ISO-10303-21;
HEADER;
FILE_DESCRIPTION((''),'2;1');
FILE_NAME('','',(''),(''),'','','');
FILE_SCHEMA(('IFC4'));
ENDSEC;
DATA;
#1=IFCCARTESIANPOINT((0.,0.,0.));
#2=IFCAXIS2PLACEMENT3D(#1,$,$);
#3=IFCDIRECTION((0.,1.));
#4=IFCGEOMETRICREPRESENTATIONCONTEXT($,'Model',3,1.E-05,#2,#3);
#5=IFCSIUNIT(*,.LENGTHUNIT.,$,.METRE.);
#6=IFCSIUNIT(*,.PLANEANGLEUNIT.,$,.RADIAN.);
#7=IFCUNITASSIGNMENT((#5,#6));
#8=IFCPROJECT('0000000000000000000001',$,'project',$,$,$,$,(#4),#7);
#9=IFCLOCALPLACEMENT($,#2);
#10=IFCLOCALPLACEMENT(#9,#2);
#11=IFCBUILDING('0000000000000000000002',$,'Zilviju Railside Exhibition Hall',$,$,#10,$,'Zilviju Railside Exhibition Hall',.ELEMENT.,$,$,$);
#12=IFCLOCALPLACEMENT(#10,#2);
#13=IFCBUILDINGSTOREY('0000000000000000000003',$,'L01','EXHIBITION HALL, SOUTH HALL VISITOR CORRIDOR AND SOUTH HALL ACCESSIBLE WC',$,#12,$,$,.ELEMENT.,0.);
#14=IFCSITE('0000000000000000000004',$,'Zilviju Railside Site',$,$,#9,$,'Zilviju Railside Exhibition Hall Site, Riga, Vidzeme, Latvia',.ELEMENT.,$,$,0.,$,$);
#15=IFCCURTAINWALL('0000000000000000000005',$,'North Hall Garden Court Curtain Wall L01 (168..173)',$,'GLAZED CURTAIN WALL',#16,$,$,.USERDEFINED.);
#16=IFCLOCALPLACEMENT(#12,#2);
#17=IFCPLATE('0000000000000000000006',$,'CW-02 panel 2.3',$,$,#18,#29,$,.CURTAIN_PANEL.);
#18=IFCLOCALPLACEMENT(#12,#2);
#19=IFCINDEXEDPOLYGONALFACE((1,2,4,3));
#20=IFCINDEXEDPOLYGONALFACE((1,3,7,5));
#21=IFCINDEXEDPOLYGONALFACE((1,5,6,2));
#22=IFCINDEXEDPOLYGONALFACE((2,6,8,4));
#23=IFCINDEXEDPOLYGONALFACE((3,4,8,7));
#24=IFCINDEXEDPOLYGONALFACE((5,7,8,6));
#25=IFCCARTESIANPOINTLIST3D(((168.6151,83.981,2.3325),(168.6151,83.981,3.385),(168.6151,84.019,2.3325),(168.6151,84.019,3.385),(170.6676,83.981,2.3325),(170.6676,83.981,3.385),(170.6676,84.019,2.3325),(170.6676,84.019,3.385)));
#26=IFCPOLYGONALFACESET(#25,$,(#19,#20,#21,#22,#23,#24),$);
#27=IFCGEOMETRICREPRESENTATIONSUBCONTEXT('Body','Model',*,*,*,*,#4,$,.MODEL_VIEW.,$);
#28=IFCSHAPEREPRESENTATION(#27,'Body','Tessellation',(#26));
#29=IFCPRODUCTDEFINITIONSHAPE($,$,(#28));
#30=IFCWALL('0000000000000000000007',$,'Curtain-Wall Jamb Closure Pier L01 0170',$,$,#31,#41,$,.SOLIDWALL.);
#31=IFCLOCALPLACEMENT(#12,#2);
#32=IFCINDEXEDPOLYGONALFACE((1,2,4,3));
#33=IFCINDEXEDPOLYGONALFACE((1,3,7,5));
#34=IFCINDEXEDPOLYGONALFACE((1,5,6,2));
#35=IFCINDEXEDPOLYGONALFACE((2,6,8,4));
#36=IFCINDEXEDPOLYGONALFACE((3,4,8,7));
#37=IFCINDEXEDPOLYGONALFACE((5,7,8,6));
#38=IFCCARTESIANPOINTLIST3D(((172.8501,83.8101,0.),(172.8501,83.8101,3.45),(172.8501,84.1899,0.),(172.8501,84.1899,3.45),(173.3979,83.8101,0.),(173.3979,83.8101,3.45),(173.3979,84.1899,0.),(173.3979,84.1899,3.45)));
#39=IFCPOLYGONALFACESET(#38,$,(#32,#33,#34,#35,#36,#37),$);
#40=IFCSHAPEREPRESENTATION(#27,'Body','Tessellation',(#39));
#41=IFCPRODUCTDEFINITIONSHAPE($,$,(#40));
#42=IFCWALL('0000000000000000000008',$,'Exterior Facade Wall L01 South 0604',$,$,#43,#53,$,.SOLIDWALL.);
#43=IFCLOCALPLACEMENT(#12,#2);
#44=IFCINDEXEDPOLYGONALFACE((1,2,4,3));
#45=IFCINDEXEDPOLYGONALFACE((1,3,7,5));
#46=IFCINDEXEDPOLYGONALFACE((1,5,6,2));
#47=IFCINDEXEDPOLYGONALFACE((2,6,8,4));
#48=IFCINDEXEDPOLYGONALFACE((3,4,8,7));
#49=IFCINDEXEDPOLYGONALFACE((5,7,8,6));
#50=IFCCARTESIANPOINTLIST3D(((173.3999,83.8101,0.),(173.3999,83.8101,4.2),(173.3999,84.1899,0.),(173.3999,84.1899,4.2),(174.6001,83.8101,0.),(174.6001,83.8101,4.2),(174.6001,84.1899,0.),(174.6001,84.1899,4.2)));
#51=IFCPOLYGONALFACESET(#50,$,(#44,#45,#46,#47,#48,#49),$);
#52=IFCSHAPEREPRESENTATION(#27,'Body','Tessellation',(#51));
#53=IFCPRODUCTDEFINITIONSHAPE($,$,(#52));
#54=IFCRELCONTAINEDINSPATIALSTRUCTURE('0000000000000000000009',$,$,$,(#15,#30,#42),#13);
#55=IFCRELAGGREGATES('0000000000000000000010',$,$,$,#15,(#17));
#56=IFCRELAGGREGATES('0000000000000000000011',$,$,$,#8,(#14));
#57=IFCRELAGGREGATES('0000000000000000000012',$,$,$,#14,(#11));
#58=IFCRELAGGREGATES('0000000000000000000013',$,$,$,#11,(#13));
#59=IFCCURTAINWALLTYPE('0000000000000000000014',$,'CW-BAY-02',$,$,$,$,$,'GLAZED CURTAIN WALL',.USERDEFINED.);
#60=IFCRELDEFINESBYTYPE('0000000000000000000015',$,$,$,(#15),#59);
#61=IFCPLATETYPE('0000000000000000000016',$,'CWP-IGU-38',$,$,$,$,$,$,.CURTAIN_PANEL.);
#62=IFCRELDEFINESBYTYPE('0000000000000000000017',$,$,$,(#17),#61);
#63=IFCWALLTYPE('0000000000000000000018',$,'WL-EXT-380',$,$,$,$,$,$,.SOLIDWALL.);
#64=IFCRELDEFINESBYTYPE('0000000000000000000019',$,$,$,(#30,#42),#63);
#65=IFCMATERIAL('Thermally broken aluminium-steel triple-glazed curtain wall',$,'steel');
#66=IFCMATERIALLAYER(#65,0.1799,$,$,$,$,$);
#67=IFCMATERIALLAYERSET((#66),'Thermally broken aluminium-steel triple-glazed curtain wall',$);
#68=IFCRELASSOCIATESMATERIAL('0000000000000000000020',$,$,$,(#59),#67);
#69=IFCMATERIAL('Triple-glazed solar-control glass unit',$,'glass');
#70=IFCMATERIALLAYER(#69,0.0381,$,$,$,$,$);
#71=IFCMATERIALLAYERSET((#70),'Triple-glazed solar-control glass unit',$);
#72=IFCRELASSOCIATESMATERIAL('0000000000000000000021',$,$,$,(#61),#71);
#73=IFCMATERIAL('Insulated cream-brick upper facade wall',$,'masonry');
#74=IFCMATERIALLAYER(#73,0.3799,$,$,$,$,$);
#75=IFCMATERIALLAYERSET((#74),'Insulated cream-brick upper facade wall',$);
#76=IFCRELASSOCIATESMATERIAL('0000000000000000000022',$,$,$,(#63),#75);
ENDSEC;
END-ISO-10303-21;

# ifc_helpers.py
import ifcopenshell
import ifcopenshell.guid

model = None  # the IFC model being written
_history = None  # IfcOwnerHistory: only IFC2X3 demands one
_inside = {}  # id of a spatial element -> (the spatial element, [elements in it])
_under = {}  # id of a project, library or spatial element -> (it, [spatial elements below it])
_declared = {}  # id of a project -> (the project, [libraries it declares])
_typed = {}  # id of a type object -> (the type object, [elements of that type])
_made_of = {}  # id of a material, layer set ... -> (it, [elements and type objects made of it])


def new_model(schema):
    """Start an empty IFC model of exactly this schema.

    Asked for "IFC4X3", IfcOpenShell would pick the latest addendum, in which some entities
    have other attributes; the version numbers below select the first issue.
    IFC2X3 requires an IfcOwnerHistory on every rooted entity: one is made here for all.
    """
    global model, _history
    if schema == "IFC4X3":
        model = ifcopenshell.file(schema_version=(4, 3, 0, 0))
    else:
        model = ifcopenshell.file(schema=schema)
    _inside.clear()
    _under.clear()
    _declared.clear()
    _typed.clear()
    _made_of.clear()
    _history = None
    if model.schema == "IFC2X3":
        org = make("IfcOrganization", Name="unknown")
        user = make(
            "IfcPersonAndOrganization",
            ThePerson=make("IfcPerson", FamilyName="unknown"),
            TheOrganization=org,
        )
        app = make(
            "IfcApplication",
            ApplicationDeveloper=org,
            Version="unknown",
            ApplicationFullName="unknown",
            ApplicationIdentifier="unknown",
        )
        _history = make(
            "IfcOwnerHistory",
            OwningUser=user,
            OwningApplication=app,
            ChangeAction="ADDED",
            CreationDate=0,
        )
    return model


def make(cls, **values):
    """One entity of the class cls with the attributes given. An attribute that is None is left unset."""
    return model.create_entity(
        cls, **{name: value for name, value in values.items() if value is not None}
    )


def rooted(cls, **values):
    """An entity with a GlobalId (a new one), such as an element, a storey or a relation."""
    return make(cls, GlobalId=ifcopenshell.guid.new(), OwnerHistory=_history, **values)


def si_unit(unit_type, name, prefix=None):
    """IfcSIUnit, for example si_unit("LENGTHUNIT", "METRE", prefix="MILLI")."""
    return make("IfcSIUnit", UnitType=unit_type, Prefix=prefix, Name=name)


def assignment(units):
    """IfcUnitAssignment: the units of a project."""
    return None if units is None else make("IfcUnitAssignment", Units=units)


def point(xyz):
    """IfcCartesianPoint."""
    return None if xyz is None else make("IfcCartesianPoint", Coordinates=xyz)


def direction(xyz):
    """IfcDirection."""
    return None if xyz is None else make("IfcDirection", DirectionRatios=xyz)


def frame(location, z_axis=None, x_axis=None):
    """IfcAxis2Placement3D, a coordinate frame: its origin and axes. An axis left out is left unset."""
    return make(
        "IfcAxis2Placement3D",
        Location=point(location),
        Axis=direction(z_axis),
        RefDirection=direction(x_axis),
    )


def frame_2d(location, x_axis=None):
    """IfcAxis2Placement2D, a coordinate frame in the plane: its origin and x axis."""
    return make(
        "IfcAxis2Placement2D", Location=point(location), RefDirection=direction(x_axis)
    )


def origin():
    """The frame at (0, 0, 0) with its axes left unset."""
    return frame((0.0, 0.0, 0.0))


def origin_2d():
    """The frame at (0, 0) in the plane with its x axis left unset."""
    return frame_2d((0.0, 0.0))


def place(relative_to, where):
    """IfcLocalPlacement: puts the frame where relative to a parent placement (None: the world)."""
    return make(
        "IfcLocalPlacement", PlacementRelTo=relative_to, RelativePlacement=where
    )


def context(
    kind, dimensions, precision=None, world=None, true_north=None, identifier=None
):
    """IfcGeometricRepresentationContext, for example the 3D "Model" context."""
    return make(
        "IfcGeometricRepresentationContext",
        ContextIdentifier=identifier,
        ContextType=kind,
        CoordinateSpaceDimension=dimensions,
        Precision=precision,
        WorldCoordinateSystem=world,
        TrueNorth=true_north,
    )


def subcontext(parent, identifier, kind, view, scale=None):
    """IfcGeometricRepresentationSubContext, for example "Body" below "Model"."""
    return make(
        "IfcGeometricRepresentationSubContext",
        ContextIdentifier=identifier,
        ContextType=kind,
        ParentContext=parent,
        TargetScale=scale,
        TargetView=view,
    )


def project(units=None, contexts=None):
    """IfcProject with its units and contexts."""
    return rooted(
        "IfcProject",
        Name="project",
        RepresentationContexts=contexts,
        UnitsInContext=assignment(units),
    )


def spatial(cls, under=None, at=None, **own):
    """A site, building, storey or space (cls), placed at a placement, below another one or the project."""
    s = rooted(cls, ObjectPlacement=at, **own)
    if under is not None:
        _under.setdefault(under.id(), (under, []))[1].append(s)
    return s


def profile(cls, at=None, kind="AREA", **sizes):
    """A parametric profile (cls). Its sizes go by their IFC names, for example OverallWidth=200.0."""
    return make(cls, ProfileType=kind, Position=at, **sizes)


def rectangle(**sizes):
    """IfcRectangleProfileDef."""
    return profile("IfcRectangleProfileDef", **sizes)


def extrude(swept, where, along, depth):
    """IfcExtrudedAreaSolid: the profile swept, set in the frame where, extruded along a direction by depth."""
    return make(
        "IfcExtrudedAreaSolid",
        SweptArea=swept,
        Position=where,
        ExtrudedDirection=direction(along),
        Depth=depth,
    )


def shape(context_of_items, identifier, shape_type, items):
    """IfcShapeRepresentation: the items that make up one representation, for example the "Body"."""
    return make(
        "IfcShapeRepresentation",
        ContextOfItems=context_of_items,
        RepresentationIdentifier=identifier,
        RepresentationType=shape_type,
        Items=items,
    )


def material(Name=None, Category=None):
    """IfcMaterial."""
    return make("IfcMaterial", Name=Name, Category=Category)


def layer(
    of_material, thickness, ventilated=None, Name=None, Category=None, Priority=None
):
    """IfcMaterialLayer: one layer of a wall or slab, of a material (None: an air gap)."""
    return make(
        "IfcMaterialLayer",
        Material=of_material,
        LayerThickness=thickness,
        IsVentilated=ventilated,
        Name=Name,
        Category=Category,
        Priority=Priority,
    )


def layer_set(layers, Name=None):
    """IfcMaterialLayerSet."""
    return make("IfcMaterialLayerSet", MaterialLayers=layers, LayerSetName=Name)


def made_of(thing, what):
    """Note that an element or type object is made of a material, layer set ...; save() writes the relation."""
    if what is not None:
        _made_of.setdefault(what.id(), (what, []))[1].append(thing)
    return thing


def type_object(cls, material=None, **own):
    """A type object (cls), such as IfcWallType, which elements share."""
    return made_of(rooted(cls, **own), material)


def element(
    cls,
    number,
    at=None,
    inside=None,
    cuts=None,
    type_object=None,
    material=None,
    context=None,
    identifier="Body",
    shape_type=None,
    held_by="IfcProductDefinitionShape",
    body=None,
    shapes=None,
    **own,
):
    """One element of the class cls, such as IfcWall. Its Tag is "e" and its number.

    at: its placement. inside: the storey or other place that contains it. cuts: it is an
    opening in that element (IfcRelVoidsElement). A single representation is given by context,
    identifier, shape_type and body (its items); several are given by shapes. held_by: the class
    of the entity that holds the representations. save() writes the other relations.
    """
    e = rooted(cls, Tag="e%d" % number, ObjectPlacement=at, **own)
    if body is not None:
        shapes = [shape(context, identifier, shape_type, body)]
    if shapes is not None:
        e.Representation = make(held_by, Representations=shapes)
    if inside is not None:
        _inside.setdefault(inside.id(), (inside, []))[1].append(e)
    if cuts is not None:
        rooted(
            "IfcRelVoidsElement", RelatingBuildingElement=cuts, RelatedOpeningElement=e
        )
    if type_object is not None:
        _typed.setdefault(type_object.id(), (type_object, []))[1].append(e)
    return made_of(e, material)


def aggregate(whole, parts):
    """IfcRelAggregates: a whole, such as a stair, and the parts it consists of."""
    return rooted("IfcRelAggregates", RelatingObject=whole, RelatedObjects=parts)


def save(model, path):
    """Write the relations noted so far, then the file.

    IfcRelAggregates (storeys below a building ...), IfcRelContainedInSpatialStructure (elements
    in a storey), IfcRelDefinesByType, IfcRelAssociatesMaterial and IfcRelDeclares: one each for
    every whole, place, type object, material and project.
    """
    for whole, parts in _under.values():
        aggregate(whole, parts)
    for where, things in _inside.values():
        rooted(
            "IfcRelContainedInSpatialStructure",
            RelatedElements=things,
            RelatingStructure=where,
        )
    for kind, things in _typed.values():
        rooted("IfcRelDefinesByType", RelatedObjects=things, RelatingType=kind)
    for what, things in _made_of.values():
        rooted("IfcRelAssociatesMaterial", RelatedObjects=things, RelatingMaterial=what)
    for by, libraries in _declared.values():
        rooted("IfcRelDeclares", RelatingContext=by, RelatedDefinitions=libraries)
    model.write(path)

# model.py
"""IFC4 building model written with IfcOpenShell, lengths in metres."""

from ifc_helpers import new_model, si_unit, direction, frame, frame_2d, origin, origin_2d, place, context, subcontext, project, spatial, rectangle, extrude, material, layer, layer_set, type_object, element, aggregate, save


model = new_model("IFC4")

# Units and contexts
model_context = context("Model", 3, precision=1e-05, world=origin(), true_north=direction((0.0, 1.0)))
body_context = subcontext(model_context, "Body", "Model", "MODEL_VIEW")
ifc_project = project(units=[si_unit("LENGTHUNIT", "METRE"), si_unit("PLANEANGLEUNIT", "RADIAN")], contexts=[model_context])

# Site, building, storey
site_placement = place(None, origin())
site = spatial("IfcSite", under=ifc_project, at=site_placement, Name="Zilviju Railside Site", LongName="Zilviju Railside Exhibition Hall Site, Riga, Vidzeme, Latvia", CompositionType="ELEMENT", RefElevation=0.0)
building_placement = place(site_placement, origin())
building = spatial("IfcBuilding", under=site, at=building_placement, Name="Zilviju Railside Exhibition Hall", LongName="Zilviju Railside Exhibition Hall", CompositionType="ELEMENT")
storey_placement = place(building_placement, origin())
storey = spatial("IfcBuildingStorey", under=building, at=storey_placement, Name="L01", Description="EXHIBITION HALL, SOUTH HALL VISITOR CORRIDOR AND SOUTH HALL ACCESSIBLE WC", CompositionType="ELEMENT", Elevation=0.0)

# Curtain wall, plate
ifc_material_1 = material(Name="Thermally broken aluminium-steel triple-glazed curtain wall", Category="steel")
ifc_layer_1 = layer(ifc_material_1, 0.1799)
ifc_layer_set_1 = layer_set([ifc_layer_1], Name="Thermally broken aluminium-steel triple-glazed curtain wall")
curtain_wall_type = type_object("IfcCurtainWallType", Name="CW-BAY-02", ElementType="GLAZED CURTAIN WALL", PredefinedType="USERDEFINED", material=ifc_layer_set_1)
curtain_wall_placement = place(storey_placement, origin())
curtain_wall = element("IfcCurtainWall", 1, at=curtain_wall_placement, inside=storey, type_object=curtain_wall_type, Name="North Hall Garden Court Curtain Wall L01 (168..173)", ObjectType="GLAZED CURTAIN WALL", PredefinedType="USERDEFINED")
ifc_material_2 = material(Name="Triple-glazed solar-control glass unit", Category="glass")
ifc_layer_2 = layer(ifc_material_2, 0.0381)
ifc_layer_set_2 = layer_set([ifc_layer_2], Name="Triple-glazed solar-control glass unit")
plate_type = type_object("IfcPlateType", Name="CWP-IGU-38", PredefinedType="CURTAIN_PANEL", material=ifc_layer_set_2)
plate_1_placement = place(storey_placement, frame((169.6414, 84.0, 2.3325), z_axis=(0.0, 0.0, 1.0), x_axis=(-1.0, 0.0, 0.0)))
plate_1 = element("IfcPlate", 2, at=plate_1_placement, type_object=plate_type, Name="CW-02 panel 2.3", PredefinedType="CURTAIN_PANEL", context=body_context, shape_type="SweptSolid", body=[
    extrude(rectangle(XDim=2.0525, YDim=0.0381, at=origin_2d()), origin(), (0.0, 0.0, 1.0), 1.0525),
])
aggregate(curtain_wall, [plate_1])

# Walls
ifc_material_3 = material(Name="Insulated cream-brick upper facade wall", Category="masonry")
ifc_layer_3 = layer(ifc_material_3, 0.3799)
ifc_layer_set_3 = layer_set([ifc_layer_3], Name="Insulated cream-brick upper facade wall")
wall_type = type_object("IfcWallType", Name="WL-EXT-380", PredefinedType="SOLIDWALL", material=ifc_layer_set_3)
wall_1_placement = place(storey_placement, frame((173.3979, 84.0, 0.0), z_axis=(0.0, 0.0, 1.0), x_axis=(-1.0, 0.0, 0.0)))
element("IfcWall", 3, at=wall_1_placement, inside=storey, type_object=wall_type, Name="Curtain-Wall Jamb Closure Pier L01 0170", PredefinedType="SOLIDWALL", context=body_context, shape_type="SweptSolid", body=[
    extrude(rectangle(XDim=0.5479, YDim=0.3799, at=frame_2d((0.2739, 0.0))), origin(), (0.0, 0.0, 1.0), 3.45),
])
wall_2_placement = place(storey_placement, frame((174.6001, 84.0, 0.0), z_axis=(0.0, 0.0, 1.0), x_axis=(-1.0, 0.0, 0.0)))
element("IfcWall", 4, at=wall_2_placement, inside=storey, type_object=wall_type, Name="Exterior Facade Wall L01 South 0604", PredefinedType="SOLIDWALL", context=body_context, shape_type="SweptSolid", body=[
    extrude(rectangle(XDim=1.2002, YDim=0.3799, at=frame_2d((0.6001, 0.0))), origin(), (0.0, 0.0, 1.0), 4.2),
])

save(model, "model.ifc")
